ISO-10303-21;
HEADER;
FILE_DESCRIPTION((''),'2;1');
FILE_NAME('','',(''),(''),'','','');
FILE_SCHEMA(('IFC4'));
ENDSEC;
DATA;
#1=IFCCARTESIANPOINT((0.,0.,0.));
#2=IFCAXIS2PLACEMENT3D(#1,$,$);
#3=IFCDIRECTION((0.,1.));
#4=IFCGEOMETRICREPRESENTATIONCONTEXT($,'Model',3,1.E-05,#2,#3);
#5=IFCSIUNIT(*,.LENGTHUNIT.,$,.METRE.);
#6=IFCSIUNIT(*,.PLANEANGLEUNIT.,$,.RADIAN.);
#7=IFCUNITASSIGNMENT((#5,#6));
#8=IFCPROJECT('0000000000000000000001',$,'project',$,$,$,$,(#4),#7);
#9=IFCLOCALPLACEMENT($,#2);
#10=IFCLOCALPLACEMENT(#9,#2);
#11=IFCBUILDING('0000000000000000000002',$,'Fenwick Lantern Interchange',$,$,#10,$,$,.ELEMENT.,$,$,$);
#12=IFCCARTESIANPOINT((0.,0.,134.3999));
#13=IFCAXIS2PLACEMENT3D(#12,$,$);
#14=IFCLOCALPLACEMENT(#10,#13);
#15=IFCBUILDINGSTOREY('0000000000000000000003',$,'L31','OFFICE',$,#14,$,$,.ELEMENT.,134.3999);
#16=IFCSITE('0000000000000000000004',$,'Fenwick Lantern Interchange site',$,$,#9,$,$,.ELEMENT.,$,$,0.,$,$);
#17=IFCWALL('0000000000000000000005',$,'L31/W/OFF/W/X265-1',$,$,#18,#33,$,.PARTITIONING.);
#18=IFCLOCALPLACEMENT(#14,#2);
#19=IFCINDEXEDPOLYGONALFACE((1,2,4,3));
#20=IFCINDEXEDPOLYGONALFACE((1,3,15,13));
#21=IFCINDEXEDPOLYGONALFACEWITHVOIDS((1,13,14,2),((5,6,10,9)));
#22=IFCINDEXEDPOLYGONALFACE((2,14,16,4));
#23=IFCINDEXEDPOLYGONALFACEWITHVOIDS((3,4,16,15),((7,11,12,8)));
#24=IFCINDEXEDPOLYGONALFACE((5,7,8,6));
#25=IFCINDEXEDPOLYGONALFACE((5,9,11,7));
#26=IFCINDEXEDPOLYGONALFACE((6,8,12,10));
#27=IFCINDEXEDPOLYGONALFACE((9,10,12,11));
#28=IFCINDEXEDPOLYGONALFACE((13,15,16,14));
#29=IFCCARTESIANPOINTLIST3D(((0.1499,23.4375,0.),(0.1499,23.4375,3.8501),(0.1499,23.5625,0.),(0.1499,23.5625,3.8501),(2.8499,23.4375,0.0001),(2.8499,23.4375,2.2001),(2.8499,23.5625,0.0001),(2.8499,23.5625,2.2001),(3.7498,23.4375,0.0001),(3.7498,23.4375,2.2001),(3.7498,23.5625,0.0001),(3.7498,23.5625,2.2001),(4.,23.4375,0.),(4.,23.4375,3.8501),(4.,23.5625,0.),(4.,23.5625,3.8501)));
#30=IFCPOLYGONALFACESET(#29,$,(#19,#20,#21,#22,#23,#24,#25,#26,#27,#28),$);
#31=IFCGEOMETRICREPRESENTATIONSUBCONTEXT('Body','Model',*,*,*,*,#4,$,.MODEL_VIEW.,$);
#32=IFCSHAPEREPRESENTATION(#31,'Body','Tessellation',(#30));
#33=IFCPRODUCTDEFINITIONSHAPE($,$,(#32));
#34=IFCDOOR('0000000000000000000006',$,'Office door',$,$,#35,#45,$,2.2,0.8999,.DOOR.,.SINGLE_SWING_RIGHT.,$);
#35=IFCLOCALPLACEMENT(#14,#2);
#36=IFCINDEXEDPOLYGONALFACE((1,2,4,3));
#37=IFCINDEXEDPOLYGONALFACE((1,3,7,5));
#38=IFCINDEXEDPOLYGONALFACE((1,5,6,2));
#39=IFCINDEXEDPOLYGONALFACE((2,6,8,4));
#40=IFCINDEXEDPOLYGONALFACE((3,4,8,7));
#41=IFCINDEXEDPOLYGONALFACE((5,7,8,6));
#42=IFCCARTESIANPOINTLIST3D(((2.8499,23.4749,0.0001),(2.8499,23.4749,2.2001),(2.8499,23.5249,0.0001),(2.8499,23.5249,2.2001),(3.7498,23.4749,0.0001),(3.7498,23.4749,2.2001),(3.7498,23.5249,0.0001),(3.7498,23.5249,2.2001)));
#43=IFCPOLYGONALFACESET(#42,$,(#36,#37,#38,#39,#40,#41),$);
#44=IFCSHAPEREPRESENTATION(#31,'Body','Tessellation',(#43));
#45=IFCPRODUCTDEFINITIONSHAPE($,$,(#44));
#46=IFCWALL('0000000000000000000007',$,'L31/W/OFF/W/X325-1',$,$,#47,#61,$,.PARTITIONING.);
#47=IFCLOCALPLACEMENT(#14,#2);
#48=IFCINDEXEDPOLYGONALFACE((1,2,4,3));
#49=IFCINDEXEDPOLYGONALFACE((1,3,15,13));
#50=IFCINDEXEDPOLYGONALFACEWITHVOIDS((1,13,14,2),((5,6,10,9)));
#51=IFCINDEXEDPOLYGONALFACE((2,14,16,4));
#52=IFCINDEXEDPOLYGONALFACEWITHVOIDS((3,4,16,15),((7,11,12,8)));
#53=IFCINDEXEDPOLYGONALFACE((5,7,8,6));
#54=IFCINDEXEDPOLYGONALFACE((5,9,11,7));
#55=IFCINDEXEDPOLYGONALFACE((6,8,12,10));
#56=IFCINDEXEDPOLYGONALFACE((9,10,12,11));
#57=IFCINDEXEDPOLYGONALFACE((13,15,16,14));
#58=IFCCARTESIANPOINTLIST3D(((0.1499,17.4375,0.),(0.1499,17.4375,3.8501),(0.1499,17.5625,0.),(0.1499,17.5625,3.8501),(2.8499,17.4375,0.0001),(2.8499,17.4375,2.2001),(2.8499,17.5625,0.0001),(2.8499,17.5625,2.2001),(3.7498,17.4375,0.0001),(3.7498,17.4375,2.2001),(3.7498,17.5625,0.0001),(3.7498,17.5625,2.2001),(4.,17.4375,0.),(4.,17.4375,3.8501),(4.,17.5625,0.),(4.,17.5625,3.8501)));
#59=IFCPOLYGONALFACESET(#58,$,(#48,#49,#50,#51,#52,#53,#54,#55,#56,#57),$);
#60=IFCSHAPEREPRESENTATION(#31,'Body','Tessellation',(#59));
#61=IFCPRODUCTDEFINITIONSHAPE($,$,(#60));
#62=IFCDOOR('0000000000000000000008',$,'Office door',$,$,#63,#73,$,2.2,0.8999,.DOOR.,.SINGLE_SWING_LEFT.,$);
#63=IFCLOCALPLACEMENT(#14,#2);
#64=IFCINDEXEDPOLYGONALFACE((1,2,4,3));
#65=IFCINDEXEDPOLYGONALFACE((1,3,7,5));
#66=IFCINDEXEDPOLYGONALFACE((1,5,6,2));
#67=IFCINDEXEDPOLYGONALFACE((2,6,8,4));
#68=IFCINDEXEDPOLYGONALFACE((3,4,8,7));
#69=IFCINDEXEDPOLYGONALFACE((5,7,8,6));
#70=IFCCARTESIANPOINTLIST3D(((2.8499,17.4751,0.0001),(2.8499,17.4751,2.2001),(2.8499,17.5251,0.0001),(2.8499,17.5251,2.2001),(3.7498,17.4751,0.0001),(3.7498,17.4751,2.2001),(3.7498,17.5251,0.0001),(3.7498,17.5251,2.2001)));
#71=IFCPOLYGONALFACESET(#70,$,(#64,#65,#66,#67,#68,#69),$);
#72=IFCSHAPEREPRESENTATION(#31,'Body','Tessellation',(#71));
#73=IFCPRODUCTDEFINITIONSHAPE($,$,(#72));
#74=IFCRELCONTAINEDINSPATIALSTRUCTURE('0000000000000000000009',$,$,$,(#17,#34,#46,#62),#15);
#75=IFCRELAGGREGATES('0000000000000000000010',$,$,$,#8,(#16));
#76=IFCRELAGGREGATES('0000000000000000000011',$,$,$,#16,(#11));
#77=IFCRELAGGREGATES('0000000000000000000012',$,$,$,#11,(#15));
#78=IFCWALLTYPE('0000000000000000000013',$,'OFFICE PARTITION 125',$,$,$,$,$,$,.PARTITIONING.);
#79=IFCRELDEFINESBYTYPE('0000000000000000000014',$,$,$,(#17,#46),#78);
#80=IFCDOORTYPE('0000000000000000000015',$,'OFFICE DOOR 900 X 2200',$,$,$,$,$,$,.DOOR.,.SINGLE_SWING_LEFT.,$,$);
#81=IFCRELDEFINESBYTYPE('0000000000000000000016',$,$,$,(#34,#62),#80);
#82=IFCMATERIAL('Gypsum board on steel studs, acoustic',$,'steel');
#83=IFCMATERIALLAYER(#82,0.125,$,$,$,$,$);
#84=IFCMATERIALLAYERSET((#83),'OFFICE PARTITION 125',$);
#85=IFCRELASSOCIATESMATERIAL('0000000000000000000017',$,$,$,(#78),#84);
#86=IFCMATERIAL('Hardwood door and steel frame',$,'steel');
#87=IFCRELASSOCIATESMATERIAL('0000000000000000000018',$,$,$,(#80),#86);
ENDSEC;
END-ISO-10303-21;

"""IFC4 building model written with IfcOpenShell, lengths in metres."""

from ifc_helpers import new_model, si_unit, direction, frame, frame_2d, origin, place, context, subcontext, project, spatial, rectangle, extrude, material, layer, layer_set, type_object, element, fill, save


model = new_model("IFC4")

# Units and contexts
model_context = context("Model", 3, precision=1e-05, world=origin(), true_north=direction((0.0, 1.0)))
body_context = subcontext(model_context, "Body", "Model", "MODEL_VIEW")
ifc_project = project(units=[si_unit("LENGTHUNIT", "METRE"), si_unit("PLANEANGLEUNIT", "RADIAN")], contexts=[model_context])

# Site, building, storey
site_placement = place(None, origin())
site = spatial("IfcSite", under=ifc_project, at=site_placement, Name="Fenwick Lantern Interchange site", CompositionType="ELEMENT", RefElevation=0.0)
building_placement = place(site_placement, origin())
building = spatial("IfcBuilding", under=site, at=building_placement, Name="Fenwick Lantern Interchange", CompositionType="ELEMENT")
storey_placement = place(building_placement, frame((0.0, 0.0, 134.3999)))
storey = spatial("IfcBuildingStorey", under=building, at=storey_placement, Name="L31", Description="OFFICE", CompositionType="ELEMENT", Elevation=134.3999)

# Shared definitions
ifc_material_1 = material(Name="Gypsum board on steel studs, acoustic", Category="steel")
ifc_layer_1 = layer(ifc_material_1, 0.125)
ifc_layer_set_1 = layer_set([ifc_layer_1], Name="OFFICE PARTITION 125")
wall_type_1 = type_object("IfcWallType", Name="OFFICE PARTITION 125", PredefinedType="PARTITIONING", material=ifc_layer_set_1)

# Walls, openings, doors
wall_1_placement = place(storey_placement, frame((0.1499, 23.5, 0.0), z_axis=(0.0, 0.0, 1.0), x_axis=(1.0, 0.0, 0.0)))
wall_1 = element("IfcWall", 1, at=wall_1_placement, inside=storey, type_object=wall_type_1, Name="L31/W/OFF/W/X265-1", PredefinedType="PARTITIONING", context=body_context, shape_type="SweptSolid", body=[
    extrude(rectangle(XDim=3.8501, YDim=0.125, at=frame_2d((1.925, 0.0))), origin(), (0.0, 0.0, 1.0), 3.8501),
])
opening_1_placement = place(wall_1_placement, frame((2.7, 0.0, 0.0)))
opening_1 = element("IfcOpeningElement", 2, at=opening_1_placement, cuts=wall_1, PredefinedType="OPENING", context=body_context, shape_type="SweptSolid", body=[
    extrude(rectangle(XDim=0.8999, YDim=2.2, at=frame_2d((0.45, 1.1001))), frame((0.0, 0.0725, 0.0), z_axis=(0.0, -1.0, 0.0), x_axis=(1.0, 0.0, 0.0)), (0.0, 0.0, 1.0), 0.145),
])
ifc_material_2 = material(Name="Hardwood door and steel frame", Category="steel")
door_type = type_object("IfcDoorType", Name="OFFICE DOOR 900 X 2200", OperationType="SINGLE_SWING_LEFT", PredefinedType="DOOR", material=ifc_material_2)
door_1_placement = place(opening_1_placement, origin())
door_1 = element("IfcDoor", 3, at=door_1_placement, inside=storey, type_object=door_type, Name="Office door", OperationType="SINGLE_SWING_RIGHT", OverallHeight=2.2, OverallWidth=0.8999, PredefinedType="DOOR", context=body_context, shape_type="SweptSolid", body=[
    extrude(rectangle(XDim=0.8999, YDim=2.2, at=frame_2d((0.45, 1.1001))), frame((0.0, 0.0249, 0.0), z_axis=(0.0, -1.0, 0.0), x_axis=(1.0, 0.0, 0.0)), (0.0, 0.0, 1.0), 0.05),
])
fill(opening_1, door_1)
wall_2_placement = place(storey_placement, frame((0.1499, 17.5, 0.0), z_axis=(0.0, 0.0, 1.0), x_axis=(1.0, 0.0, 0.0)))
wall_2 = element("IfcWall", 4, at=wall_2_placement, inside=storey, type_object=wall_type_1, Name="L31/W/OFF/W/X325-1", PredefinedType="PARTITIONING", context=body_context, shape_type="SweptSolid", body=[
    extrude(rectangle(XDim=3.8501, YDim=0.125, at=frame_2d((1.925, 0.0))), origin(), (0.0, 0.0, 1.0), 3.8501),
])
opening_2_placement = place(wall_2_placement, frame((2.7, 0.0, 0.0)))
opening_2 = element("IfcOpeningElement", 5, at=opening_2_placement, cuts=wall_2, PredefinedType="OPENING", context=body_context, shape_type="SweptSolid", body=[
    extrude(rectangle(XDim=0.8999, YDim=2.2, at=frame_2d((0.45, 1.1001))), frame((0.0, 0.0725, 0.0), z_axis=(0.0, -1.0, 0.0), x_axis=(1.0, 0.0, 0.0)), (0.0, 0.0, 1.0), 0.145),
])
door_2_placement = place(opening_2_placement, frame((0.8999, 0.0, 0.0), z_axis=(0.0, 0.0, 1.0), x_axis=(-1.0, 0.0, 0.0)))
door_2 = element("IfcDoor", 6, at=door_2_placement, inside=storey, type_object=door_type, Name="Office door", OperationType="SINGLE_SWING_LEFT", OverallHeight=2.2, OverallWidth=0.8999, PredefinedType="DOOR", context=body_context, shape_type="SweptSolid", body=[
    extrude(rectangle(XDim=0.8999, YDim=2.2, at=frame_2d((0.45, 1.1001))), frame((0.0, 0.0249, 0.0), z_axis=(0.0, -1.0, 0.0), x_axis=(1.0, 0.0, 0.0)), (0.0, 0.0, 1.0), 0.05),
])
fill(opening_2, door_2)

save(model, "model.ifc")
